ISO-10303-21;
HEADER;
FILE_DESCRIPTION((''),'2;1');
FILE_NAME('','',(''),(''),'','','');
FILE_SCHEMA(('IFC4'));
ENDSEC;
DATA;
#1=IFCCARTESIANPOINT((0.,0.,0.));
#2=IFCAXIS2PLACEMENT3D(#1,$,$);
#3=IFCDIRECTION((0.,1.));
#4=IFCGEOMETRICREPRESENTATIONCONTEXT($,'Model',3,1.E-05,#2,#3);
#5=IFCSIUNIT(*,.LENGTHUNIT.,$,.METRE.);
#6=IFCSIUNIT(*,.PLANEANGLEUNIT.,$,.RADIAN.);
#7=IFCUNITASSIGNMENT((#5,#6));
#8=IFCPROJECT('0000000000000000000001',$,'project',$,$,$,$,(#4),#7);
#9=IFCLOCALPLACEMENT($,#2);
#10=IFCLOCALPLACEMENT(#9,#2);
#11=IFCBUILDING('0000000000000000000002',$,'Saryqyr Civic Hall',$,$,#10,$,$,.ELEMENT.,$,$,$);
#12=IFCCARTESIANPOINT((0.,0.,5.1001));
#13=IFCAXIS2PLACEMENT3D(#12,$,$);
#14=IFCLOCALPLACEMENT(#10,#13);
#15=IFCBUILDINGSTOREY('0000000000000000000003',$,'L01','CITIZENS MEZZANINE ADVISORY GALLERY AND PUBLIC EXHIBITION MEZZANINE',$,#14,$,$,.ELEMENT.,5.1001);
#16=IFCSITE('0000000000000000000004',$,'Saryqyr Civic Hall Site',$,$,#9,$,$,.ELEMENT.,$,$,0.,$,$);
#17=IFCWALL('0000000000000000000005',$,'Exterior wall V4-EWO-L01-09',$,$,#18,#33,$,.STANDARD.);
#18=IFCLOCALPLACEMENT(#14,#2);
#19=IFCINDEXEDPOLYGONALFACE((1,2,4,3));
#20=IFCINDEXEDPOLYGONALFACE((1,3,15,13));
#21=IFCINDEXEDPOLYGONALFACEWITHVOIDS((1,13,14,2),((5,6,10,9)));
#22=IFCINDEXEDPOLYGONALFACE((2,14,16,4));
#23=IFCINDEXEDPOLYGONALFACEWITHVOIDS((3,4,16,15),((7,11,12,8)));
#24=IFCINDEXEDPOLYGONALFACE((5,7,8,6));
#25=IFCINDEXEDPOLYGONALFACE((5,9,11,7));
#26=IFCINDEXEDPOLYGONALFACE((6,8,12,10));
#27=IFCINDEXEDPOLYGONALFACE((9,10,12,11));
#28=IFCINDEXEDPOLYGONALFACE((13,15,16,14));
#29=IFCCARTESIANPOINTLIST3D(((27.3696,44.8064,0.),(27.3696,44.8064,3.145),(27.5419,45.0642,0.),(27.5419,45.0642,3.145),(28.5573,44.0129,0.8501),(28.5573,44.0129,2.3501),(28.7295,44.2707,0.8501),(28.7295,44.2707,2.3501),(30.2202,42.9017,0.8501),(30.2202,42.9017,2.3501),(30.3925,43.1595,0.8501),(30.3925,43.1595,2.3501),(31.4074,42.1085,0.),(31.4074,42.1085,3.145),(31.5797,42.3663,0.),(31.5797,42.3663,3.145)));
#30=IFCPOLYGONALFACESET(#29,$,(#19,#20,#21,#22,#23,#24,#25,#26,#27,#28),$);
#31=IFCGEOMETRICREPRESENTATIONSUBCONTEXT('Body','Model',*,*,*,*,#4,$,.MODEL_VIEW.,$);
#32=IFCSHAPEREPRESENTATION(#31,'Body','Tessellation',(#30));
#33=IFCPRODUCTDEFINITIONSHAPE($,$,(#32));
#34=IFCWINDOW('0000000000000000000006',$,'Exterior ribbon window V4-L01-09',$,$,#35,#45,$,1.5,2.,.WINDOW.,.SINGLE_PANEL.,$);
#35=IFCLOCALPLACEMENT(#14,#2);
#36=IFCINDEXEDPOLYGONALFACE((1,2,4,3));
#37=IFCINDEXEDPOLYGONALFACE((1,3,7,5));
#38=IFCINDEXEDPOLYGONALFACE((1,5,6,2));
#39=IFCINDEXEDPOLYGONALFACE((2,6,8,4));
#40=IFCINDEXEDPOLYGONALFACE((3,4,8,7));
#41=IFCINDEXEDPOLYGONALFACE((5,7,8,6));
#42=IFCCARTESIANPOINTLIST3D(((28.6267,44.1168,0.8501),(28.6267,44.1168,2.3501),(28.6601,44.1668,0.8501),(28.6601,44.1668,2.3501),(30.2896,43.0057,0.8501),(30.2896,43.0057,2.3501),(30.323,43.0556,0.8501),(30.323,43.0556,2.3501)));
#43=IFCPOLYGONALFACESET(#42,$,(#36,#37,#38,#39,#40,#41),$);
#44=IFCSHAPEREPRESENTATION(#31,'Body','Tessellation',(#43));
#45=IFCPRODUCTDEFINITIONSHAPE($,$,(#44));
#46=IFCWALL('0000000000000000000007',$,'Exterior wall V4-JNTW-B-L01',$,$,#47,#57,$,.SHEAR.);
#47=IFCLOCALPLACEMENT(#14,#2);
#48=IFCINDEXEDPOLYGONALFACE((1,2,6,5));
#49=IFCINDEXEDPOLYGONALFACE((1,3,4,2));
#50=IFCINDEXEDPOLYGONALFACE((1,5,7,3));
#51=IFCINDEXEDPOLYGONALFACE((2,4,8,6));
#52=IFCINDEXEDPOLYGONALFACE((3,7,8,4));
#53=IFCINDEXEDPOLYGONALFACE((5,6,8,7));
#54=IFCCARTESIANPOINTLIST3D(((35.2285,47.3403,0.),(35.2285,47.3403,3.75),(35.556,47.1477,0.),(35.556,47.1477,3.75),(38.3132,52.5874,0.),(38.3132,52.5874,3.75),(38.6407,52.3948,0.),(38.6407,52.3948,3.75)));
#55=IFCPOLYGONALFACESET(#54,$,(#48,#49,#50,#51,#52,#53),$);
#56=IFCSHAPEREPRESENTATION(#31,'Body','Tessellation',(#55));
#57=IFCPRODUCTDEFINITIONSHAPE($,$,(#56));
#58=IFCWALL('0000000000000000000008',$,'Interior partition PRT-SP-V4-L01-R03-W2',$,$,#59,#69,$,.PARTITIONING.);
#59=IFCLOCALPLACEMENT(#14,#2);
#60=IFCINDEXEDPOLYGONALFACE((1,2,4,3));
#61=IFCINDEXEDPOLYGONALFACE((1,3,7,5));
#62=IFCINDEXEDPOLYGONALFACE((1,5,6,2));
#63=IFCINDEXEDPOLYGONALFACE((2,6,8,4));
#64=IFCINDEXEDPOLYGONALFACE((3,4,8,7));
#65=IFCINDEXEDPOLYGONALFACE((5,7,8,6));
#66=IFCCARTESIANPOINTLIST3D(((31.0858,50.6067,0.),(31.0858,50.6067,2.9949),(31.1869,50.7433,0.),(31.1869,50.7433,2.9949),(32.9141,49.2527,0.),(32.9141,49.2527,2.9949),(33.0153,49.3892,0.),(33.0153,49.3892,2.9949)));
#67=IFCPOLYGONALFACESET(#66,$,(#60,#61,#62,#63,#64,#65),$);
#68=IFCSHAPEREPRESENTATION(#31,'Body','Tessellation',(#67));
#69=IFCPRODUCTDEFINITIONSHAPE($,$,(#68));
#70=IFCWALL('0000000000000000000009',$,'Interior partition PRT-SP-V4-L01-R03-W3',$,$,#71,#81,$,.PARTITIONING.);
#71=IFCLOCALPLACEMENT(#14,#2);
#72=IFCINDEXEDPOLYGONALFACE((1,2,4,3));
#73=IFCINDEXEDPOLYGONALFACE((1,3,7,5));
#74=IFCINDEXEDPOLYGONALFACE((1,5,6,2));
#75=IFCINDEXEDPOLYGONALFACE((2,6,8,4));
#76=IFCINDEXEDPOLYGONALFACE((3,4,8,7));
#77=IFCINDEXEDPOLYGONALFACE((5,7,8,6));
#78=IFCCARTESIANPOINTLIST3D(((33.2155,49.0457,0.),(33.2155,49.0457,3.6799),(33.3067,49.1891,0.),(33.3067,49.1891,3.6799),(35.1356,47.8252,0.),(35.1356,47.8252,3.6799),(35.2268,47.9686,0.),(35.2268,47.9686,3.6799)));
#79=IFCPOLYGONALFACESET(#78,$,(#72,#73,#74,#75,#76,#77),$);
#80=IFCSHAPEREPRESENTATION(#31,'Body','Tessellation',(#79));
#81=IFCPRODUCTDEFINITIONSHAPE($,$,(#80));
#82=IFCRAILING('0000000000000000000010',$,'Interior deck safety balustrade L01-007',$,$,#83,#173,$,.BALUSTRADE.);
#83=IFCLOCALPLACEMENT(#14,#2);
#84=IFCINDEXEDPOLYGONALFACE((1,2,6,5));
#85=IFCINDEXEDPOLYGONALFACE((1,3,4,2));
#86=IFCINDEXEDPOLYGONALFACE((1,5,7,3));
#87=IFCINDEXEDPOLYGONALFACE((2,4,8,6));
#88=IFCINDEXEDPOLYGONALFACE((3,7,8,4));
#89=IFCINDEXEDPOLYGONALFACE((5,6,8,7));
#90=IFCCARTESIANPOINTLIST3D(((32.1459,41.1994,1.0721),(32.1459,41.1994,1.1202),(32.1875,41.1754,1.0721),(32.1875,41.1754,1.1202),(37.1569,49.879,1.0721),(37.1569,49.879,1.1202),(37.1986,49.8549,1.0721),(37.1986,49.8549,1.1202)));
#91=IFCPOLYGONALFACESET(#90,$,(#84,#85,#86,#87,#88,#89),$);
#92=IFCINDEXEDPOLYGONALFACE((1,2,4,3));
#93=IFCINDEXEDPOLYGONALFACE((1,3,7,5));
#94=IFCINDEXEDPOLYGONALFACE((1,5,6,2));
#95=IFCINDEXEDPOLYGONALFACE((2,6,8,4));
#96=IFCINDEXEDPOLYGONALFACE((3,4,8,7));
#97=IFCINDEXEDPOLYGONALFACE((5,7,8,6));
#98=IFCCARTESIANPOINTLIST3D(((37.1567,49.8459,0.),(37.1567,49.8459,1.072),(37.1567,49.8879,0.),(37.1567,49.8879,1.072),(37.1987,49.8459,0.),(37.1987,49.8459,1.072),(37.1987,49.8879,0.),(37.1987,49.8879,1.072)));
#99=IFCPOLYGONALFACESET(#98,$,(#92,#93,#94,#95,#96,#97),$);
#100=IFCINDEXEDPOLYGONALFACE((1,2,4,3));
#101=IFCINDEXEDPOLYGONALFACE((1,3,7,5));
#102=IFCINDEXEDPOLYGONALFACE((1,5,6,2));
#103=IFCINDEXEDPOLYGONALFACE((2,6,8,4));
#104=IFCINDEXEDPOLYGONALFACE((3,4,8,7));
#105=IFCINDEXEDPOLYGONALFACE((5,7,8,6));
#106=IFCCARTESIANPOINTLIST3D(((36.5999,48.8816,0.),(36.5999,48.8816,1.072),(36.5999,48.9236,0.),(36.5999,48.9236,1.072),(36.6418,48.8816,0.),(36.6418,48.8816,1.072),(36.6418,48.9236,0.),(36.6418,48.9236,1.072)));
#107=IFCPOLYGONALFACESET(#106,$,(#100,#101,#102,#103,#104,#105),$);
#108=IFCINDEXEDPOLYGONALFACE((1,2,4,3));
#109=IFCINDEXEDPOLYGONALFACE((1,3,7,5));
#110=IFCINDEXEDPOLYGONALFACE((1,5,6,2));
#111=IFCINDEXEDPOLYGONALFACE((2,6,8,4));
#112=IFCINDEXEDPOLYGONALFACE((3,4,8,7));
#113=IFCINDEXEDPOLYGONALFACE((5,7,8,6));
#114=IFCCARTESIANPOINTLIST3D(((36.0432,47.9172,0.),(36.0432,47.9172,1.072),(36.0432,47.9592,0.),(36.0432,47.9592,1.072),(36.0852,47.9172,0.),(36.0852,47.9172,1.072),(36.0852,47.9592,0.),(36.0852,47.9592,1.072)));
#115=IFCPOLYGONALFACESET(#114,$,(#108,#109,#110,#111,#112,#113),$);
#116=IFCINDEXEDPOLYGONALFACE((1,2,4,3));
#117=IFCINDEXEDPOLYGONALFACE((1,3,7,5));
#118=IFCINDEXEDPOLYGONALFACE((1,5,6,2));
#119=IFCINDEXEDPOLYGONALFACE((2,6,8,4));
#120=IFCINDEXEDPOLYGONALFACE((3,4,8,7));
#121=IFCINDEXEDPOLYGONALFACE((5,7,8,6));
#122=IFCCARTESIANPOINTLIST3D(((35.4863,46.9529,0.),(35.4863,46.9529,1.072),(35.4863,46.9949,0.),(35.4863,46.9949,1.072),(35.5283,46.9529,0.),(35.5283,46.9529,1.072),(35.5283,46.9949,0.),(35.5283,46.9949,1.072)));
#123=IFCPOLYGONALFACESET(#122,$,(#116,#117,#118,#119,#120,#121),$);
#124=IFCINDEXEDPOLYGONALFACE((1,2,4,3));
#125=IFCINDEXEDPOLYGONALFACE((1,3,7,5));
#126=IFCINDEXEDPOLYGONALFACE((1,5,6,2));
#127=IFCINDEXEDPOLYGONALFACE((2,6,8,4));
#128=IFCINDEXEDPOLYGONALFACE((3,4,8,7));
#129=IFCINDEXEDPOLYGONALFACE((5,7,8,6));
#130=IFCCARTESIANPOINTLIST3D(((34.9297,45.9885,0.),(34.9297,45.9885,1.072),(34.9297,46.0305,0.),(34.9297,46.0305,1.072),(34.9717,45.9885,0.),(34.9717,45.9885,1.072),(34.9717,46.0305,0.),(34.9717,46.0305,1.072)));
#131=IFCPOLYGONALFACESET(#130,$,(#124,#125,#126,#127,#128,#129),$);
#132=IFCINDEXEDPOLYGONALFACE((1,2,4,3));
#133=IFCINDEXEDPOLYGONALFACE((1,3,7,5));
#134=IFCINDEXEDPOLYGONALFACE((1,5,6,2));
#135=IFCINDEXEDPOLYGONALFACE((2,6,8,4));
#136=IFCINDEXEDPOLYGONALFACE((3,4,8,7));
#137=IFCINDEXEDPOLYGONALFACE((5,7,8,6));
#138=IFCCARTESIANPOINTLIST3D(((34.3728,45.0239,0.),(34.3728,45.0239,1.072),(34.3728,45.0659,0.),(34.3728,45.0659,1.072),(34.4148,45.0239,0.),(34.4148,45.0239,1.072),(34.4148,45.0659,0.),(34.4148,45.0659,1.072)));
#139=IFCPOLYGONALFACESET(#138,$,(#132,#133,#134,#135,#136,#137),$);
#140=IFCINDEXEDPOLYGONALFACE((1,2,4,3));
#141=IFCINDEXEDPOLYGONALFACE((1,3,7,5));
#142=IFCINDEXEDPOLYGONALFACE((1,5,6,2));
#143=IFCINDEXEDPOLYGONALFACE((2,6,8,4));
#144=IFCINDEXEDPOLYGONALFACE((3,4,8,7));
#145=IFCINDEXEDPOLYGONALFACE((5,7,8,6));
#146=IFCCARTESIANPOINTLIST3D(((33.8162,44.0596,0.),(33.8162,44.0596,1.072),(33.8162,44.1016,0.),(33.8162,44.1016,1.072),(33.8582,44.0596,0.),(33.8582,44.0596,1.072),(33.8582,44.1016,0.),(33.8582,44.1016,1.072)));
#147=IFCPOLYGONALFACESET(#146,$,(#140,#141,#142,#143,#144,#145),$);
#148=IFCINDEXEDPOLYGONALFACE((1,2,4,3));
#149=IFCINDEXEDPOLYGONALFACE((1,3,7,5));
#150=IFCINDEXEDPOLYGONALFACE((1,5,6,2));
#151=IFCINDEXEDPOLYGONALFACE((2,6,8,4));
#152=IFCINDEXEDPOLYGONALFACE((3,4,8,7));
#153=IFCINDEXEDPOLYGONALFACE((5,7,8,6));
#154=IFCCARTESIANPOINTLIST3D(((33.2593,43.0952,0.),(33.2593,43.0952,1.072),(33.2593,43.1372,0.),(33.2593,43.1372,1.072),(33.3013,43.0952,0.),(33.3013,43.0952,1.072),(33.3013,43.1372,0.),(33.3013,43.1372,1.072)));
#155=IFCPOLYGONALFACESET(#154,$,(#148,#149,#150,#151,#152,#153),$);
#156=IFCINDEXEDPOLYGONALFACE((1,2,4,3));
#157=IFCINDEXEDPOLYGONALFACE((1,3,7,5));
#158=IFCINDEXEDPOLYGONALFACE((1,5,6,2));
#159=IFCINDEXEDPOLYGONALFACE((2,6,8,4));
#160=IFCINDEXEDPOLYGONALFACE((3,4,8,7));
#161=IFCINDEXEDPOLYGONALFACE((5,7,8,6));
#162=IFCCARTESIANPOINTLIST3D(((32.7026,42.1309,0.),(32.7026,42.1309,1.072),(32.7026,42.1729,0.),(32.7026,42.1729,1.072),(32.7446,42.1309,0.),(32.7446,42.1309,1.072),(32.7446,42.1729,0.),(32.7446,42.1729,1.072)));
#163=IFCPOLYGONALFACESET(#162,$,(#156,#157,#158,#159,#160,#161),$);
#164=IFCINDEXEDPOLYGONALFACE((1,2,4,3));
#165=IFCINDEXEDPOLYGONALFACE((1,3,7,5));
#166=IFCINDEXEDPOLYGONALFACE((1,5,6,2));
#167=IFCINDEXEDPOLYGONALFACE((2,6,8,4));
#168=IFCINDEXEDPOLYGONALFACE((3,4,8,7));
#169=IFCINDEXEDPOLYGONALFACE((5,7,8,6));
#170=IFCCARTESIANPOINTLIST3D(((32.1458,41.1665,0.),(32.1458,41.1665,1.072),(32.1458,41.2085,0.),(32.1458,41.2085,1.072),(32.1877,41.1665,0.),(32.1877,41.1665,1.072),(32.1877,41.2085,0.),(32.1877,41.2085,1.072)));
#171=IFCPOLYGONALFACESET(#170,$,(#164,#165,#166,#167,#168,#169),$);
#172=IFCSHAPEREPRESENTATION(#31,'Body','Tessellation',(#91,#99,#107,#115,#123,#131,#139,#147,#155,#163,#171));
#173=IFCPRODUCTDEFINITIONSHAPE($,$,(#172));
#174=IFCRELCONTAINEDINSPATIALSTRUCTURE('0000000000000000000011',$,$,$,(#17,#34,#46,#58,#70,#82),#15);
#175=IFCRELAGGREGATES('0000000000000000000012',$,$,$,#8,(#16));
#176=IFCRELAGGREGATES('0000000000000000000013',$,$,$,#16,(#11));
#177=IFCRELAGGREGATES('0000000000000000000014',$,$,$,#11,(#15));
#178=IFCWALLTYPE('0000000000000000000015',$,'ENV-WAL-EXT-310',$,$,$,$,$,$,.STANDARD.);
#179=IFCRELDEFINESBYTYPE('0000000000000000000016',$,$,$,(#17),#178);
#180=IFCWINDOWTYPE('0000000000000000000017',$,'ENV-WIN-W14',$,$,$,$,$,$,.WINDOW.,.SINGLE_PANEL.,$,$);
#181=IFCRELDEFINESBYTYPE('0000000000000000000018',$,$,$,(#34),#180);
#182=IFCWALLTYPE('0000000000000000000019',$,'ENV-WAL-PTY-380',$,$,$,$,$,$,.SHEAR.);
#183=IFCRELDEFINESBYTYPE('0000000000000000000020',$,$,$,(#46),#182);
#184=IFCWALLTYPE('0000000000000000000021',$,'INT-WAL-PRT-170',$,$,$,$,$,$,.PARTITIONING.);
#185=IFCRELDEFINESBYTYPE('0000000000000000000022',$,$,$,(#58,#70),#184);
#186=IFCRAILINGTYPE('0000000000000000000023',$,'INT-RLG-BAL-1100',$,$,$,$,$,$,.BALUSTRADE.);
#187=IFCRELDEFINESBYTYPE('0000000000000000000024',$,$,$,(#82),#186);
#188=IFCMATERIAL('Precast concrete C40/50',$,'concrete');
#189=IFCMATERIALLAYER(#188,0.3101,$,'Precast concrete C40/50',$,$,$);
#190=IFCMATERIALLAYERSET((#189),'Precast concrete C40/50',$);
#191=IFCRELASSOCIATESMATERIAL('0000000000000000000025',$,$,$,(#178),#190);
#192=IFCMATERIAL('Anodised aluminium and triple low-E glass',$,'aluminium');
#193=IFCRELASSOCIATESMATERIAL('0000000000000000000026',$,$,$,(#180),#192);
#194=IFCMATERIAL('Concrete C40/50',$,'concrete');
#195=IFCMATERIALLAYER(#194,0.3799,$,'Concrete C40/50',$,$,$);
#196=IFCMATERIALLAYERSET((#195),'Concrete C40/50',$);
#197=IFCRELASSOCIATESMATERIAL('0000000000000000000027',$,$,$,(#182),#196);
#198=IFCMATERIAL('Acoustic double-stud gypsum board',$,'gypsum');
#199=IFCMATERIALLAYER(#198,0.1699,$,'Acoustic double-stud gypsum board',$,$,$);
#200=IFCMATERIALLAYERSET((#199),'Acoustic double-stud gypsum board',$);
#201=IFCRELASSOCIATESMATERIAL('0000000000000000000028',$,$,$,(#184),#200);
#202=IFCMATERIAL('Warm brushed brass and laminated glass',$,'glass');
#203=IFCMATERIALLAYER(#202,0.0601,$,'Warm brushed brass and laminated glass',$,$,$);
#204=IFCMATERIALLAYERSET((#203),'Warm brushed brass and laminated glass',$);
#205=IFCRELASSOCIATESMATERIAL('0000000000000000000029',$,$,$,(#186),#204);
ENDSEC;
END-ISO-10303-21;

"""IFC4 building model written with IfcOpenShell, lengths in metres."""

from ifc_helpers import new_model, si_unit, direction, frame, frame_2d, origin, origin_2d, place, context, subcontext, project, spatial, rectangle, extrude, material, layer, layer_set, type_object, element, fill, save


model = new_model("IFC4")

# Units and contexts
model_context = context("Model", 3, precision=1e-05, world=origin(), true_north=direction((0.0, 1.0)))
body_context = subcontext(model_context, "Body", "Model", "MODEL_VIEW")
ifc_project = project(units=[si_unit("LENGTHUNIT", "METRE"), si_unit("PLANEANGLEUNIT", "RADIAN")], contexts=[model_context])

# Site, building, storey
site_placement = place(None, origin())
site = spatial("IfcSite", under=ifc_project, at=site_placement, Name="Saryqyr Civic Hall Site", CompositionType="ELEMENT", RefElevation=0.0)
building_placement = place(site_placement, origin())
building = spatial("IfcBuilding", under=site, at=building_placement, Name="Saryqyr Civic Hall", CompositionType="ELEMENT")
storey_placement = place(building_placement, frame((0.0, 0.0, 5.1001)))
storey = spatial("IfcBuildingStorey", under=building, at=storey_placement, Name="L01", Description="CITIZENS MEZZANINE ADVISORY GALLERY AND PUBLIC EXHIBITION MEZZANINE", CompositionType="ELEMENT", Elevation=5.1001)

# Shared definitions
ifc_material_1 = material(Name="Concrete C40/50", Category="concrete")

# Shared definitions
ifc_material_2 = material(Name="Anodised aluminium and triple low-E glass", Category="aluminium")

# Wall, opening, window
ifc_material_3 = material(Name="Precast concrete C40/50", Category="concrete")
ifc_layer_1 = layer(ifc_material_3, 0.3101, Name="Precast concrete C40/50")
ifc_layer_set_1 = layer_set([ifc_layer_1], Name="Precast concrete C40/50")
wall_type_1 = type_object("IfcWallType", Name="ENV-WAL-EXT-310", PredefinedType="STANDARD", material=ifc_layer_set_1)
wall_1_placement = place(storey_placement, frame((31.4937, 42.2373, 0.0), z_axis=(0.0, 0.0, 1.0), x_axis=(-0.83147, 0.55557, 0.0)))
wall_1 = element("IfcWall", 1, at=wall_1_placement, inside=storey, type_object=wall_type_1, Name="Exterior wall V4-EWO-L01-09", PredefinedType="STANDARD", context=body_context, shape_type="SweptSolid", body=[
    extrude(rectangle(XDim=4.8562, YDim=0.3101, at=frame_2d((2.4282, 0.0))), origin(), (0.0, 0.0, 1.0), 3.145),
])
opening_placement = place(wall_1_placement, frame((1.428, 0.0, 0.8501)))
opening = element("IfcOpeningElement", 2, at=opening_placement, cuts=wall_1, PredefinedType="OPENING", context=body_context, shape_type="SweptSolid", body=[
    extrude(rectangle(XDim=2.0, YDim=1.5, at=frame_2d((1.0, 0.75))), frame((0.0, 0.165, 0.0), z_axis=(0.0, -1.0, 0.0), x_axis=(1.0, 0.0, 0.0)), (0.0, 0.0, 1.0), 0.3301),
])
window_type = type_object("IfcWindowType", Name="ENV-WIN-W14", PartitioningType="SINGLE_PANEL", PredefinedType="WINDOW", material=ifc_material_2)
window_placement = place(opening_placement, origin())
window = element("IfcWindow", 3, at=window_placement, inside=storey, type_object=window_type, Name="Exterior ribbon window V4-L01-09", OverallHeight=1.5, OverallWidth=2.0, PartitioningType="SINGLE_PANEL", PredefinedType="WINDOW", context=body_context, shape_type="SweptSolid", body=[
    extrude(rectangle(XDim=2.0, YDim=1.5, at=frame_2d((1.0, 0.75))), frame((0.0, 0.03, 0.0), z_axis=(0.0, -1.0, 0.0), x_axis=(1.0, 0.0, 0.0)), (0.0, 0.0, 1.0), 0.0601),
])
fill(opening, window)

# Walls
ifc_layer_2 = layer(ifc_material_1, 0.3799, Name="Concrete C40/50")
ifc_layer_set_2 = layer_set([ifc_layer_2], Name="Concrete C40/50")
wall_type_2 = type_object("IfcWallType", Name="ENV-WAL-PTY-380", PredefinedType="SHEAR", material=ifc_layer_set_2)
wall_2_placement = place(storey_placement, frame((38.4771, 52.4912, 0.0), z_axis=(0.0, 0.0, 1.0), x_axis=(-0.506801, -0.862063, 0.0)))
element("IfcWall", 4, at=wall_2_placement, inside=storey, type_object=wall_type_2, Name="Exterior wall V4-JNTW-B-L01", PredefinedType="SHEAR", context=body_context, shape_type="SweptSolid", body=[
    extrude(rectangle(XDim=6.0867, YDim=0.3799, at=frame_2d((3.0435, 0.0))), origin(), (0.0, 0.0, 1.0), 3.75),
])
ifc_material_4 = material(Name="Acoustic double-stud gypsum board", Category="gypsum")
ifc_layer_3 = layer(ifc_material_4, 0.1699, Name="Acoustic double-stud gypsum board")
ifc_layer_set_3 = layer_set([ifc_layer_3], Name="Acoustic double-stud gypsum board")
wall_type_3 = type_object("IfcWallType", Name="INT-WAL-PRT-170", PredefinedType="PARTITIONING", material=ifc_layer_set_3)
wall_3_placement = place(storey_placement, frame((31.1362, 50.675, 0.0), z_axis=(0.0, 0.0, 1.0), x_axis=(0.803629, -0.59513, 0.0)))
element("IfcWall", 5, at=wall_3_placement, inside=storey, type_object=wall_type_3, Name="Interior partition PRT-SP-V4-L01-R03-W2", PredefinedType="PARTITIONING", context=body_context, shape_type="SweptSolid", body=[
    extrude(rectangle(XDim=2.2751, YDim=0.1699, at=frame_2d((1.1377, 0.0))), origin(), (0.0, 0.0, 1.0), 2.9949),
])
wall_4_placement = place(storey_placement, frame((33.261, 49.1174, 0.0), z_axis=(0.0, 0.0, 1.0), x_axis=(0.843953, -0.536417, 0.0)))
element("IfcWall", 6, at=wall_4_placement, inside=storey, type_object=wall_type_3, Name="Interior partition PRT-SP-V4-L01-R03-W3", PredefinedType="PARTITIONING", context=body_context, shape_type="SweptSolid", body=[
    extrude(rectangle(XDim=2.2751, YDim=0.1699, at=frame_2d((1.1377, 0.0))), origin(), (0.0, 0.0, 1.0), 3.6799),
])

# Railing
ifc_material_5 = material(Name="Warm brushed brass and laminated glass", Category="glass")
ifc_layer_4 = layer(ifc_material_5, 0.0601, Name="Warm brushed brass and laminated glass")
ifc_layer_set_4 = layer_set([ifc_layer_4], Name="Warm brushed brass and laminated glass")
railing_type = type_object("IfcRailingType", Name="INT-RLG-BAL-1100", PredefinedType="BALUSTRADE", material=ifc_layer_set_4)
railing_1_placement = place(storey_placement, frame((37.1777, 49.8669, 0.0)))
element("IfcRailing", 7, at=railing_1_placement, inside=storey, type_object=railing_type, Name="Interior deck safety balustrade L01-007", PredefinedType="BALUSTRADE", context=body_context, shape_type="SweptSolid", body=[
    extrude(rectangle(XDim=0.0481, YDim=0.0481, at=origin_2d()), frame((0.0, 0.0, 1.0962), z_axis=(-0.499993, -0.866029, 0.0), x_axis=(0.866029, -0.499993, 0.0)), (0.0, 0.0, 1.0), 10.0222),
    extrude(rectangle(XDim=0.042, YDim=0.042, at=origin_2d()), origin(), (0.0, 0.0, 1.0), 1.072),
    extrude(rectangle(XDim=0.042, YDim=0.042, at=origin_2d()), frame((-0.5569, -0.9644, 0.0)), (0.0, 0.0, 1.0), 1.072),
    extrude(rectangle(XDim=0.042, YDim=0.042, at=origin_2d()), frame((-1.1135, -1.9287, 0.0)), (0.0, 0.0, 1.0), 1.072),
    extrude(rectangle(XDim=0.042, YDim=0.042, at=origin_2d()), frame((-1.6704, -2.8931, 0.0)), (0.0, 0.0, 1.0), 1.072),
    extrude(rectangle(XDim=0.042, YDim=0.042, at=origin_2d()), frame((-2.2271, -3.8574, 0.0)), (0.0, 0.0, 1.0), 1.072),
    extrude(rectangle(XDim=0.042, YDim=0.042, at=origin_2d()), frame((-2.7839, -4.822, 0.0)), (0.0, 0.0, 1.0), 1.072),
    extrude(rectangle(XDim=0.042, YDim=0.042, at=origin_2d()), frame((-3.3406, -5.7864, 0.0)), (0.0, 0.0, 1.0), 1.072),
    extrude(rectangle(XDim=0.042, YDim=0.042, at=origin_2d()), frame((-3.8975, -6.7507, 0.0)), (0.0, 0.0, 1.0), 1.072),
    extrude(rectangle(XDim=0.042, YDim=0.042, at=origin_2d()), frame((-4.4541, -7.7151, 0.0)), (0.0, 0.0, 1.0), 1.072),
    extrude(rectangle(XDim=0.042, YDim=0.042, at=origin_2d()), frame((-5.011, -8.6794, 0.0)), (0.0, 0.0, 1.0), 1.072),
])

save(model, "model.ifc")
